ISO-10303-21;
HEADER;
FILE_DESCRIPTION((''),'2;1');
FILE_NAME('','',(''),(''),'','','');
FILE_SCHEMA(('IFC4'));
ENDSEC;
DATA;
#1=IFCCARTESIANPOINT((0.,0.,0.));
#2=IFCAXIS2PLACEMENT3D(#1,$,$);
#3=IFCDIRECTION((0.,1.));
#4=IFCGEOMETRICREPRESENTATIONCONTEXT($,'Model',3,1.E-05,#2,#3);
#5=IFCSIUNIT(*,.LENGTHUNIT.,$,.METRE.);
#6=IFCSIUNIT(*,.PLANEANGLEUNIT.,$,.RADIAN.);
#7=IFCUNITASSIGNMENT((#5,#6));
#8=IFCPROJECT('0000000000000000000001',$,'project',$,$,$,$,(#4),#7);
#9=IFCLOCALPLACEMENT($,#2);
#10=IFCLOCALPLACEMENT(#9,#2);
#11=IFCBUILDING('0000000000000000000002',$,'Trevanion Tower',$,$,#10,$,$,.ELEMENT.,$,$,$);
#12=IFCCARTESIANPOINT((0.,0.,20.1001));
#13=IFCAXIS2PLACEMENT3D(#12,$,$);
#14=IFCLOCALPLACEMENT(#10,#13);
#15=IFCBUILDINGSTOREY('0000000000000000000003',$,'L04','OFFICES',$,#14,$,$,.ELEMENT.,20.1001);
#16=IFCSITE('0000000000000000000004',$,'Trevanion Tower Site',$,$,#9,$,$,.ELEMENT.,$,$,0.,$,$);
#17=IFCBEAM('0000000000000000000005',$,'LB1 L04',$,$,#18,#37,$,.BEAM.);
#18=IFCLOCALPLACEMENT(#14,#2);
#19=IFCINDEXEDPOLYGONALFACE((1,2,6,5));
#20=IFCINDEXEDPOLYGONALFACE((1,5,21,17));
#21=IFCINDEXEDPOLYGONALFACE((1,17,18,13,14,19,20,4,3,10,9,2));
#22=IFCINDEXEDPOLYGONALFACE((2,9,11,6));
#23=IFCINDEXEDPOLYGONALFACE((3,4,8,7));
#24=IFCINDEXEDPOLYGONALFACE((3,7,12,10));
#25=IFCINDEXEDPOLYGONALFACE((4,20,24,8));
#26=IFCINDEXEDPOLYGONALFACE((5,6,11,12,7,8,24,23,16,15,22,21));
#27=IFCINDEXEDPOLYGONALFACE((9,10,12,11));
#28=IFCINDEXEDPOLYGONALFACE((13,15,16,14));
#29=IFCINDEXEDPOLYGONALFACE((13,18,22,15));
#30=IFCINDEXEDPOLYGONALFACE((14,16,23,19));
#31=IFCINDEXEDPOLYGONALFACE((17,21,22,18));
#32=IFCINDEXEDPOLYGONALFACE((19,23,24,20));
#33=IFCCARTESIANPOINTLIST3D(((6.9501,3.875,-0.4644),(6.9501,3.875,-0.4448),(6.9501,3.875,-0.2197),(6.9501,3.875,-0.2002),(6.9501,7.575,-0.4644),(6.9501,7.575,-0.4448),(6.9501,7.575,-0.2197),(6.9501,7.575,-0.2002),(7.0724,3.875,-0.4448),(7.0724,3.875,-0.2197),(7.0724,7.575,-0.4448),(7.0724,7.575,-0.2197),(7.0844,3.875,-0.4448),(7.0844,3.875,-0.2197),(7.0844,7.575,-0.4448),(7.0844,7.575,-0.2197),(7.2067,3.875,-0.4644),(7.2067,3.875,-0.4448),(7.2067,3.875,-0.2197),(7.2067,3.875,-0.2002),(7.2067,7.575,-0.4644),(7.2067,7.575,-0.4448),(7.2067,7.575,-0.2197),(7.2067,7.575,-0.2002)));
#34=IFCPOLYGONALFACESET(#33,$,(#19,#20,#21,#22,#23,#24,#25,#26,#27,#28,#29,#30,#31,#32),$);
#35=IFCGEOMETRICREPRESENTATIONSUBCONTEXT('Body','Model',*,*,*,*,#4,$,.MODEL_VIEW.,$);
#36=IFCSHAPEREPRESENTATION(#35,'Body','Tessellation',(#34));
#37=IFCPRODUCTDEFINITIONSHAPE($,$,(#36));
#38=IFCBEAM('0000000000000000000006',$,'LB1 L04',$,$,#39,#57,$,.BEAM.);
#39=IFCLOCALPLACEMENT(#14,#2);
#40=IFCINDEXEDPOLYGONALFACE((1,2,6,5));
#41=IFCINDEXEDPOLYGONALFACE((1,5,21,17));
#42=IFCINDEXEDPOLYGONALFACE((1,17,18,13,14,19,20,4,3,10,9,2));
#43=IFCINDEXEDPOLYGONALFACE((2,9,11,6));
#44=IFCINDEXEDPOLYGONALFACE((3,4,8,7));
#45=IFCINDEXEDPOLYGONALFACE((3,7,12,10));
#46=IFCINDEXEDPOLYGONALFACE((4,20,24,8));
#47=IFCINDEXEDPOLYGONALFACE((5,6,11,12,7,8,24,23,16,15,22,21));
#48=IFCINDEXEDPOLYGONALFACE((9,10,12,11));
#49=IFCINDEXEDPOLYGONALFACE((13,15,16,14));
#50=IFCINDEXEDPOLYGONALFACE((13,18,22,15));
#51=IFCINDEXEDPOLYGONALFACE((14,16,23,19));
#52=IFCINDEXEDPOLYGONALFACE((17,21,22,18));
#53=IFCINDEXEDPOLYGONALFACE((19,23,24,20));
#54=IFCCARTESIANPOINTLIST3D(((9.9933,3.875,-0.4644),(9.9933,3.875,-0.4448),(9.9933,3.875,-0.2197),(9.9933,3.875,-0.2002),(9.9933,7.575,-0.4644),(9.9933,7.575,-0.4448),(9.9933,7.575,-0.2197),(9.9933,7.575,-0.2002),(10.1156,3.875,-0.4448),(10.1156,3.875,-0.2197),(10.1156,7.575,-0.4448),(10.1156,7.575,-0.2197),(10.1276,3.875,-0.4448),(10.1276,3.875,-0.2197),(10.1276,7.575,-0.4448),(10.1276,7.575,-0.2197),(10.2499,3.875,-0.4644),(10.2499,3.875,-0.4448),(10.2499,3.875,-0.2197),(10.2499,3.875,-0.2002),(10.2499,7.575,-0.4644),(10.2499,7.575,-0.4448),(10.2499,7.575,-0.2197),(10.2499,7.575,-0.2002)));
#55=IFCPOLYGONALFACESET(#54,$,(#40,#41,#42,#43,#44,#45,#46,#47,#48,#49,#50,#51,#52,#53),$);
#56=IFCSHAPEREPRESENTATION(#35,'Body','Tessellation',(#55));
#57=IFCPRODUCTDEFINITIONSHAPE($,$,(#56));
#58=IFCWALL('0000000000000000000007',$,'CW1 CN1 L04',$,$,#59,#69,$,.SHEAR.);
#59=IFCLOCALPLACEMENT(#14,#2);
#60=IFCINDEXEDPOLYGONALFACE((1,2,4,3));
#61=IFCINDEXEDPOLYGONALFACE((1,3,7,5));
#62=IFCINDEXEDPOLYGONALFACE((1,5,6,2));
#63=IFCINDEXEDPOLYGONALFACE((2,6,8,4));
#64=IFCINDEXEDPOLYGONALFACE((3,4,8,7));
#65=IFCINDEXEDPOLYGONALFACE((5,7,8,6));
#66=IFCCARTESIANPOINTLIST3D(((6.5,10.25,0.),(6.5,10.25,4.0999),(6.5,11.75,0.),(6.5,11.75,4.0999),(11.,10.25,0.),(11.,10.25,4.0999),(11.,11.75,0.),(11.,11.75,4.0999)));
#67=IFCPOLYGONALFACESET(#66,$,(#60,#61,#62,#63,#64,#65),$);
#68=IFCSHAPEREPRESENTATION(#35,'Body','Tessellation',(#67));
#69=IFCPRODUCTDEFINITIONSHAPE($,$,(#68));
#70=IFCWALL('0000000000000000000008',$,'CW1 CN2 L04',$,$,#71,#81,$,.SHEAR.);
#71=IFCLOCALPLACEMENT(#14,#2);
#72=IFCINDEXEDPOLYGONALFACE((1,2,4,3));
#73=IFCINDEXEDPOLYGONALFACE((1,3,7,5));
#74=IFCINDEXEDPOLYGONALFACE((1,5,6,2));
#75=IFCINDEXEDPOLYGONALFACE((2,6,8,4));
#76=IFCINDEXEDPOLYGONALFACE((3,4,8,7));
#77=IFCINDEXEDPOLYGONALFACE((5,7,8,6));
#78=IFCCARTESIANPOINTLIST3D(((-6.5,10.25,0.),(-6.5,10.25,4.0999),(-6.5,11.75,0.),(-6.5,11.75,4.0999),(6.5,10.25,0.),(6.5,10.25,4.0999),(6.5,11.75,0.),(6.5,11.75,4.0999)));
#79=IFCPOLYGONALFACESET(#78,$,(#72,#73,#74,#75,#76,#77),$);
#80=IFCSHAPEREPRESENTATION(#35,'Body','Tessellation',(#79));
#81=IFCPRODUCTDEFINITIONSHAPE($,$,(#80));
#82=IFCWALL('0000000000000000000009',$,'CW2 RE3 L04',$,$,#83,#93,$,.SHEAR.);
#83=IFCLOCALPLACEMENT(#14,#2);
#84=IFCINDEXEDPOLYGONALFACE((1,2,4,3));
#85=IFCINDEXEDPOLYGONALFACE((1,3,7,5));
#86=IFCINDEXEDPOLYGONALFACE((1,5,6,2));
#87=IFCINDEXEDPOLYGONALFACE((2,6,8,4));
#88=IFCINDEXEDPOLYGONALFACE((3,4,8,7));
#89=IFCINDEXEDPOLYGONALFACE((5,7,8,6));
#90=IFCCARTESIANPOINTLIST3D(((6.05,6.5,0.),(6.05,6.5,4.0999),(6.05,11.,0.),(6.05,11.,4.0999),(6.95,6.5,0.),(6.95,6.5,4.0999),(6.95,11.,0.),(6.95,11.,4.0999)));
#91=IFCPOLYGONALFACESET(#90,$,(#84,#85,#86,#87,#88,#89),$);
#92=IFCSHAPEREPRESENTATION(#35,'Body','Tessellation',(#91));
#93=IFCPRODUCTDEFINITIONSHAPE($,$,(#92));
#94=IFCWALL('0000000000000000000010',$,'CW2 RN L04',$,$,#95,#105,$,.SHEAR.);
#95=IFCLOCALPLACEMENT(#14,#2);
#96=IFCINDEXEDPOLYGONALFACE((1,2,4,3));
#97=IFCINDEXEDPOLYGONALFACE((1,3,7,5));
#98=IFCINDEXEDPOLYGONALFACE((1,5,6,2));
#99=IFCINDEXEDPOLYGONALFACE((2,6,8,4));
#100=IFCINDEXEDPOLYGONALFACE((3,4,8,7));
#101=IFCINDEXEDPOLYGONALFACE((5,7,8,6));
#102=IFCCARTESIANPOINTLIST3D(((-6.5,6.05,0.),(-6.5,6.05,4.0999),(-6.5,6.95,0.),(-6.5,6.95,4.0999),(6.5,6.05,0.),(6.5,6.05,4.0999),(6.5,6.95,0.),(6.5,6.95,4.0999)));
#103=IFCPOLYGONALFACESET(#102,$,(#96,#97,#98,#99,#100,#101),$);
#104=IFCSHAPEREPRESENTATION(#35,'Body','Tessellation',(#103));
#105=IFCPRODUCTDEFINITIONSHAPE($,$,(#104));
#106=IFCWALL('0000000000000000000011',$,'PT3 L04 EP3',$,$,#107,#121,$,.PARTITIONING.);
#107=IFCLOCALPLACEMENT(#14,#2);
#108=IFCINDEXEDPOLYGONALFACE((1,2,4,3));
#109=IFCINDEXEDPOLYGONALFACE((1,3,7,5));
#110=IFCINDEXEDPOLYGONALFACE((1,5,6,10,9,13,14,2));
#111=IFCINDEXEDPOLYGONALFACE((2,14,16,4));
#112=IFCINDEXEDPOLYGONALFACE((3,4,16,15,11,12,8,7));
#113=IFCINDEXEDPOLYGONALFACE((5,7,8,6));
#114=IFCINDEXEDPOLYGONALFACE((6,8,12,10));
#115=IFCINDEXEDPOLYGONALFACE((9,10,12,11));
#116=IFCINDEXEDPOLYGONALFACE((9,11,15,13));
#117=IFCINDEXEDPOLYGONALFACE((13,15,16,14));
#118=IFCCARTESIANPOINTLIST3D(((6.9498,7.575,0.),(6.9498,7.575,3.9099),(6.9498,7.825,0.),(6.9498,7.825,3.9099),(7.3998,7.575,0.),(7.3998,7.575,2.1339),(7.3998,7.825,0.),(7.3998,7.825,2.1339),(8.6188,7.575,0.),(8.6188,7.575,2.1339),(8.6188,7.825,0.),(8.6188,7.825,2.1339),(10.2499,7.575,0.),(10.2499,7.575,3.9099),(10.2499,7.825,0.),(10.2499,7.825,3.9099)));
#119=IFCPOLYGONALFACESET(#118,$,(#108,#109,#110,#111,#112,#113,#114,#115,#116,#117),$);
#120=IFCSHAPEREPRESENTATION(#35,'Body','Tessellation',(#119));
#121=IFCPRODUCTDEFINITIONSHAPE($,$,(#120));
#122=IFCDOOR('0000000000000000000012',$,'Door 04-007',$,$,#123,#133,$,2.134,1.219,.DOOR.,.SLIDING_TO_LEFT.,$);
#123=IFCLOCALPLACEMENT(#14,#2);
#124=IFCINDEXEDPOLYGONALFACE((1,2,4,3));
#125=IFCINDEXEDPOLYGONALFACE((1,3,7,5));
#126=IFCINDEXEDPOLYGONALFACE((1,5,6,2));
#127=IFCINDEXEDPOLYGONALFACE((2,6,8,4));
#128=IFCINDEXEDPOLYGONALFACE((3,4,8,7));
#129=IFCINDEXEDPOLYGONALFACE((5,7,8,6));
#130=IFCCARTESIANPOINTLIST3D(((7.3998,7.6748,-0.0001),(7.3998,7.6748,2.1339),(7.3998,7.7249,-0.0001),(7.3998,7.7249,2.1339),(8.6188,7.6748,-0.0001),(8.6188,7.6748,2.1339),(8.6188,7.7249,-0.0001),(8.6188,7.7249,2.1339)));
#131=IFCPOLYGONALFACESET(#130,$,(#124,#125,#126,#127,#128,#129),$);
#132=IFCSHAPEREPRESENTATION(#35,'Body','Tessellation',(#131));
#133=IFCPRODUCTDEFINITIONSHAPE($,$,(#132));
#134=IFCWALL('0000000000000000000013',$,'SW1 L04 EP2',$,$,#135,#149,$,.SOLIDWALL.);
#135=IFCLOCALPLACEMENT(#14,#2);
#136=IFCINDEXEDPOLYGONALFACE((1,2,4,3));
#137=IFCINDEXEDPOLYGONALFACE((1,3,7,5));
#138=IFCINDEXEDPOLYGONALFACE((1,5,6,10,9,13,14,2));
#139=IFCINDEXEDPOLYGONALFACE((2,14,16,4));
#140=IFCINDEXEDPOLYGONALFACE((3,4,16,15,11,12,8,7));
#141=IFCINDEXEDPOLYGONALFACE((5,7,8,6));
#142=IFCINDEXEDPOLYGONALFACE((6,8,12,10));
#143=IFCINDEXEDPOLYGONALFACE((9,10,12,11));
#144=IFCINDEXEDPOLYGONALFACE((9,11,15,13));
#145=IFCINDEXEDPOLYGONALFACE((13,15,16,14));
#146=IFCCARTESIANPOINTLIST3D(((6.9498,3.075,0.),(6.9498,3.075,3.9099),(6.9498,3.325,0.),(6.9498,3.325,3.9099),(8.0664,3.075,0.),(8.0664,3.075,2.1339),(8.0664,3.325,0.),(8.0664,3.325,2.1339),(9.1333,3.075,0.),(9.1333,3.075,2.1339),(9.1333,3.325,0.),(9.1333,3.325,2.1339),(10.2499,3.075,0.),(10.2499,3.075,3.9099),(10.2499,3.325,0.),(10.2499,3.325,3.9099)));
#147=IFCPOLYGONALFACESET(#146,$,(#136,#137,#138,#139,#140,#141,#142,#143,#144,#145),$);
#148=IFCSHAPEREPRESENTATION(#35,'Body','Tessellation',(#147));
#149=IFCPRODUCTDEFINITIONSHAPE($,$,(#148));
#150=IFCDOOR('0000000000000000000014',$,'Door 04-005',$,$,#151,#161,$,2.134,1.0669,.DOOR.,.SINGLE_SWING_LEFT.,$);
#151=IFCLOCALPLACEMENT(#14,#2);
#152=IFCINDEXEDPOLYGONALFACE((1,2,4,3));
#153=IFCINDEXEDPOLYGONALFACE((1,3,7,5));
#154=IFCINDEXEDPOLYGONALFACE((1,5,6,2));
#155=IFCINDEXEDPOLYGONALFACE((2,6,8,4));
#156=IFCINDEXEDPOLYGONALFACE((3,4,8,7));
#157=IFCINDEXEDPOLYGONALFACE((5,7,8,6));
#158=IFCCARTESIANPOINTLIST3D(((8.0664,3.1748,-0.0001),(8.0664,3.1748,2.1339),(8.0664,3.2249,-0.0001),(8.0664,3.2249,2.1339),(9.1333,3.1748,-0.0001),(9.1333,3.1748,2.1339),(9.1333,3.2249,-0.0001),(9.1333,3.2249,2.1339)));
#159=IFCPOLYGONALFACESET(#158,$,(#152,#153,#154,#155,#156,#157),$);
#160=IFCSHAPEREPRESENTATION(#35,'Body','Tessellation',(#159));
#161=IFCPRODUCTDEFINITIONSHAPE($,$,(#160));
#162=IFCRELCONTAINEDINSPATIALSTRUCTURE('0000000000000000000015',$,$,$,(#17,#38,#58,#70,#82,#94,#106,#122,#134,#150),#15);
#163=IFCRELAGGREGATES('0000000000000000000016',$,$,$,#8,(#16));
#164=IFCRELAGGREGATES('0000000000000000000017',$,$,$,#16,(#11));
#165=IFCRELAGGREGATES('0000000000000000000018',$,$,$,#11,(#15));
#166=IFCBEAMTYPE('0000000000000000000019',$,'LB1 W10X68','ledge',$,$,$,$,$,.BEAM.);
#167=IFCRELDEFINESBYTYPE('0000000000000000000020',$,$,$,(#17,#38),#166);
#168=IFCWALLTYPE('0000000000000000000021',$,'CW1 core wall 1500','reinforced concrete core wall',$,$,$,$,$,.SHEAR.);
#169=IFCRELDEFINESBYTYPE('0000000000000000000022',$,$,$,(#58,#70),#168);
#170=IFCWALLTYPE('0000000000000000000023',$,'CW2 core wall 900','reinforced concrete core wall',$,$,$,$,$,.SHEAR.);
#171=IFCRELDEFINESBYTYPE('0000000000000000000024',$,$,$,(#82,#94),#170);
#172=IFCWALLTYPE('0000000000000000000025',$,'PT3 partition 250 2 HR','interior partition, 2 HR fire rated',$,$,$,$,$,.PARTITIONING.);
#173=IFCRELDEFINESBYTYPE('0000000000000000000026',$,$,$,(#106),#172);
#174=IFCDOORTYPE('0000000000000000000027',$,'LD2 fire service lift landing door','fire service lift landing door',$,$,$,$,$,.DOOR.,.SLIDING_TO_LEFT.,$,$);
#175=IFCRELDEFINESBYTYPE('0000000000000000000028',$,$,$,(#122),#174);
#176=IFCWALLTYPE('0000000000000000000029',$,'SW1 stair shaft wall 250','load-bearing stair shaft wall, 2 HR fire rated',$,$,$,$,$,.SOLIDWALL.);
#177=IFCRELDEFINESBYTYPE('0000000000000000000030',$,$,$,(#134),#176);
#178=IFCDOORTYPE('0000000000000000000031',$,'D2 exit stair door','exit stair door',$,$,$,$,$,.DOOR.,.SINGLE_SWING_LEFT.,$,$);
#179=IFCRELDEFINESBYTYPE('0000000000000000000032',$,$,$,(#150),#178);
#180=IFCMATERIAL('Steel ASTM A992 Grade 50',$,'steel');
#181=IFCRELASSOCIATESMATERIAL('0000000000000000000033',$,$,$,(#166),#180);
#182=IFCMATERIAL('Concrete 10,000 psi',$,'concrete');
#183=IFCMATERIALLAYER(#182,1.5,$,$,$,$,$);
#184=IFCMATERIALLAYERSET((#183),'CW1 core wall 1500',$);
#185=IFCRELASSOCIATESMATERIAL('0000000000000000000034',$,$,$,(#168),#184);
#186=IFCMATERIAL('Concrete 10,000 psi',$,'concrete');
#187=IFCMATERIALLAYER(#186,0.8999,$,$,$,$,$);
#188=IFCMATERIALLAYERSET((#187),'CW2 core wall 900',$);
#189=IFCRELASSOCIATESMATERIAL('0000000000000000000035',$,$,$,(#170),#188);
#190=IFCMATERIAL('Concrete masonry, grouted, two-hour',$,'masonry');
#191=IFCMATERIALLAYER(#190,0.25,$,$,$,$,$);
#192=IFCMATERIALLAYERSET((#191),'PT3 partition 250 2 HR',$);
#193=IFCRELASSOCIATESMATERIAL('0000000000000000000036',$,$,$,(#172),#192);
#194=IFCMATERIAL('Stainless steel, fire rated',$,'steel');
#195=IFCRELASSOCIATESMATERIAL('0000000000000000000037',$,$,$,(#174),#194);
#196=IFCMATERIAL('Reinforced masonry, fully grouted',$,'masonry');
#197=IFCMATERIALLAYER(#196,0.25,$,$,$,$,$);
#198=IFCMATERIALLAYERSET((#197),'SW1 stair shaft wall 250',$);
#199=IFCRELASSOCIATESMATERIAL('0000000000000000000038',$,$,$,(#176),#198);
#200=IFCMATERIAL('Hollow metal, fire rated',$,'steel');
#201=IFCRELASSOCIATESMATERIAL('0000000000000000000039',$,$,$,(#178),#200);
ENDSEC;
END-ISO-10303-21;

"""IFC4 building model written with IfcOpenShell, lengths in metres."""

from ifc_helpers import new_model, si_unit, direction, frame, frame_2d, origin, origin_2d, place, context, subcontext, project, spatial, rectangle, i_section, extrude, material, layer, layer_set, material_profile, profile_set, type_object, element, fill, save


model = new_model("IFC4")

# Units and contexts
model_context = context("Model", 3, precision=1e-05, world=origin(), true_north=direction((0.0, 1.0)))
body_context = subcontext(model_context, "Body", "Model", "MODEL_VIEW")
ifc_project = project(units=[si_unit("LENGTHUNIT", "METRE"), si_unit("PLANEANGLEUNIT", "RADIAN")], contexts=[model_context])

# Site, building, storey
site_placement = place(None, origin())
site = spatial("IfcSite", under=ifc_project, at=site_placement, Name="Trevanion Tower Site", CompositionType="ELEMENT", RefElevation=0.0)
building_placement = place(site_placement, origin())
building = spatial("IfcBuilding", under=site, at=building_placement, Name="Trevanion Tower", CompositionType="ELEMENT")
storey_placement = place(building_placement, frame((0.0, 0.0, 20.1001)))
storey = spatial("IfcBuildingStorey", under=building, at=storey_placement, Name="L04", Description="OFFICES", CompositionType="ELEMENT", Elevation=20.1001)

# Beams
ifc_material_1 = material(Name="Steel ASTM A992 Grade 50", Category="steel")
ifc_material_profile_1 = material_profile(ifc_material_1, i_section(OverallWidth=0.2566, OverallDepth=0.2642, WebThickness=0.012, FlangeThickness=0.0195, at=origin_2d()), Name="W10X68")
ifc_profile_set_1 = profile_set([ifc_material_profile_1], Name="Steel ASTM A992 Grade 50")
beam_type_1 = type_object("IfcBeamType", Name="LB1 W10X68", Description="ledge", PredefinedType="BEAM", material=ifc_profile_set_1)
for number, where, z_axis, x_axis, name in (
    (1, (7.0784, 3.875, -0.3323), (0.0, 1.0, 0.0), (-1.0, 0.0, 0.0), "LB1 L04"),
    (2, (10.1216, 3.875, -0.3323), (0.0, 1.0, 0.0), (-1.0, 0.0, 0.0), "LB1 L04"),
):
    element("IfcBeam", number, at=place(storey_placement, frame(where, z_axis=z_axis, x_axis=x_axis)), inside=storey, type_object=beam_type_1, Name=name, PredefinedType="BEAM", context=body_context, shape_type="SweptSolid", body=[
        extrude(i_section(OverallWidth=0.2566, OverallDepth=0.2642, WebThickness=0.012, FlangeThickness=0.0195, at=origin_2d()), origin(), (0.0, 0.0, 1.0), 3.7),
    ])

# Walls
ifc_material_2 = material(Name="Concrete 10,000 psi", Category="concrete")
ifc_layer_1 = layer(ifc_material_2, 1.5)
ifc_layer_set_1 = layer_set([ifc_layer_1], Name="CW1 core wall 1500")
wall_type_1 = type_object("IfcWallType", Name="CW1 core wall 1500", Description="reinforced concrete core wall", PredefinedType="SHEAR", material=ifc_layer_set_1)
wall_1_placement = place(storey_placement, frame((11.0, 11.0, 0.0), z_axis=(0.0, 0.0, 1.0), x_axis=(-1.0, 0.0, 0.0)))
element("IfcWall", 3, at=wall_1_placement, inside=storey, type_object=wall_type_1, Name="CW1 CN1 L04", PredefinedType="SHEAR", context=body_context, shape_type="SweptSolid", body=[
    extrude(rectangle(XDim=4.5, YDim=1.5, at=frame_2d((2.25, 0.0))), origin(), (0.0, 0.0, 1.0), 4.0999),
])
wall_2_placement = place(storey_placement, frame((6.5, 11.0, 0.0), z_axis=(0.0, 0.0, 1.0), x_axis=(-1.0, 0.0, 0.0)))
element("IfcWall", 4, at=wall_2_placement, inside=storey, type_object=wall_type_1, Name="CW1 CN2 L04", PredefinedType="SHEAR", context=body_context, shape_type="SweptSolid", body=[
    extrude(rectangle(XDim=13.0, YDim=1.5, at=frame_2d((6.5, 0.0))), origin(), (0.0, 0.0, 1.0), 4.0999),
])
ifc_material_3 = material(Name="Concrete 10,000 psi", Category="concrete")
ifc_layer_2 = layer(ifc_material_3, 0.8999)
ifc_layer_set_2 = layer_set([ifc_layer_2], Name="CW2 core wall 900")
wall_type_2 = type_object("IfcWallType", Name="CW2 core wall 900", Description="reinforced concrete core wall", PredefinedType="SHEAR", material=ifc_layer_set_2)
wall_3_placement = place(storey_placement, frame((6.5, 6.5, 0.0), z_axis=(0.0, 0.0, 1.0), x_axis=(0.0, 1.0, 0.0)))
element("IfcWall", 5, at=wall_3_placement, inside=storey, type_object=wall_type_2, Name="CW2 RE3 L04", PredefinedType="SHEAR", context=body_context, shape_type="SweptSolid", body=[
    extrude(rectangle(XDim=4.5, YDim=0.8999, at=frame_2d((2.25, 0.0))), origin(), (0.0, 0.0, 1.0), 4.0999),
])
wall_4_placement = place(storey_placement, frame((6.5, 6.5, 0.0), z_axis=(0.0, 0.0, 1.0), x_axis=(-1.0, 0.0, 0.0)))
element("IfcWall", 6, at=wall_4_placement, inside=storey, type_object=wall_type_2, Name="CW2 RN L04", PredefinedType="SHEAR", context=body_context, shape_type="SweptSolid", body=[
    extrude(rectangle(XDim=13.0, YDim=0.8999, at=frame_2d((6.5, 0.0))), origin(), (0.0, 0.0, 1.0), 4.0999),
])

# Walls, openings, doors
ifc_material_4 = material(Name="Concrete masonry, grouted, two-hour", Category="masonry")
ifc_layer_3 = layer(ifc_material_4, 0.25)
ifc_layer_set_3 = layer_set([ifc_layer_3], Name="PT3 partition 250 2 HR")
wall_type_3 = type_object("IfcWallType", Name="PT3 partition 250 2 HR", Description="interior partition, 2 HR fire rated", PredefinedType="PARTITIONING", material=ifc_layer_set_3)
wall_5_placement = place(storey_placement, frame((6.95, 7.7, 0.0), z_axis=(0.0, 0.0, 1.0), x_axis=(1.0, 0.0, 0.0)))
wall_5 = element("IfcWall", 7, at=wall_5_placement, inside=storey, type_object=wall_type_3, Name="PT3 L04 EP3", PredefinedType="PARTITIONING", context=body_context, shape_type="SweptSolid", body=[
    extrude(rectangle(XDim=3.3, YDim=0.25, at=frame_2d((1.6499, 0.0))), origin(), (0.0, 0.0, 1.0), 3.9099),
])
opening_1_placement = place(wall_5_placement, frame((0.45, 0.0, 0.0)))
opening_1 = element("IfcOpeningElement", 8, at=opening_1_placement, cuts=wall_5, PredefinedType="OPENING", context=body_context, shape_type="SweptSolid", body=[
    extrude(rectangle(XDim=1.219, YDim=2.134, at=frame_2d((0.6094, 1.0669))), frame((0.0, 0.135, 0.0), z_axis=(0.0, -1.0, 0.0), x_axis=(1.0, 0.0, 0.0)), (0.0, 0.0, 1.0), 0.27),
])
ifc_material_5 = material(Name="Stainless steel, fire rated", Category="steel")
door_type_1 = type_object("IfcDoorType", Name="LD2 fire service lift landing door", Description="fire service lift landing door", OperationType="SLIDING_TO_LEFT", PredefinedType="DOOR", material=ifc_material_5)
door_1_placement = place(opening_1_placement, origin())
door_1 = element("IfcDoor", 9, at=door_1_placement, inside=storey, type_object=door_type_1, Name="Door 04-007", OperationType="SLIDING_TO_LEFT", OverallHeight=2.134, OverallWidth=1.219, PredefinedType="DOOR", context=body_context, shape_type="SweptSolid", body=[
    extrude(rectangle(XDim=1.219, YDim=2.134, at=frame_2d((0.6094, 1.0669))), frame((0.0, 0.0249, 0.0), z_axis=(0.0, -1.0, 0.0), x_axis=(1.0, 0.0, 0.0)), (0.0, 0.0, 1.0), 0.05),
])
fill(opening_1, door_1)
ifc_material_6 = material(Name="Reinforced masonry, fully grouted", Category="masonry")
ifc_layer_4 = layer(ifc_material_6, 0.25)
ifc_layer_set_4 = layer_set([ifc_layer_4], Name="SW1 stair shaft wall 250")
wall_type_4 = type_object("IfcWallType", Name="SW1 stair shaft wall 250", Description="load-bearing stair shaft wall, 2 HR fire rated", PredefinedType="SOLIDWALL", material=ifc_layer_set_4)
wall_6_placement = place(storey_placement, frame((6.95, 3.2, 0.0), z_axis=(0.0, 0.0, 1.0), x_axis=(1.0, 0.0, 0.0)))
wall_6 = element("IfcWall", 10, at=wall_6_placement, inside=storey, type_object=wall_type_4, Name="SW1 L04 EP2", PredefinedType="SOLIDWALL", context=body_context, shape_type="SweptSolid", body=[
    extrude(rectangle(XDim=3.3, YDim=0.25, at=frame_2d((1.6499, 0.0))), origin(), (0.0, 0.0, 1.0), 3.9099),
])
opening_2_placement = place(wall_6_placement, frame((1.1165, 0.0, 0.0)))
opening_2 = element("IfcOpeningElement", 11, at=opening_2_placement, cuts=wall_6, PredefinedType="OPENING", context=body_context, shape_type="SweptSolid", body=[
    extrude(rectangle(XDim=1.0669, YDim=2.134, at=frame_2d((0.5334, 1.0669))), frame((0.0, 0.135, 0.0), z_axis=(0.0, -1.0, 0.0), x_axis=(1.0, 0.0, 0.0)), (0.0, 0.0, 1.0), 0.27),
])
ifc_material_7 = material(Name="Hollow metal, fire rated", Category="steel")
door_type_2 = type_object("IfcDoorType", Name="D2 exit stair door", Description="exit stair door", OperationType="SINGLE_SWING_LEFT", PredefinedType="DOOR", material=ifc_material_7)
door_2_placement = place(opening_2_placement, origin())
door_2 = element("IfcDoor", 12, at=door_2_placement, inside=storey, type_object=door_type_2, Name="Door 04-005", OperationType="SINGLE_SWING_LEFT", OverallHeight=2.134, OverallWidth=1.0669, PredefinedType="DOOR", context=body_context, shape_type="SweptSolid", body=[
    extrude(rectangle(XDim=1.0669, YDim=2.134, at=frame_2d((0.5334, 1.0669))), frame((0.0, 0.0249, 0.0), z_axis=(0.0, -1.0, 0.0), x_axis=(1.0, 0.0, 0.0)), (0.0, 0.0, 1.0), 0.05),
])
fill(opening_2, door_2)

save(model, "model.ifc")
